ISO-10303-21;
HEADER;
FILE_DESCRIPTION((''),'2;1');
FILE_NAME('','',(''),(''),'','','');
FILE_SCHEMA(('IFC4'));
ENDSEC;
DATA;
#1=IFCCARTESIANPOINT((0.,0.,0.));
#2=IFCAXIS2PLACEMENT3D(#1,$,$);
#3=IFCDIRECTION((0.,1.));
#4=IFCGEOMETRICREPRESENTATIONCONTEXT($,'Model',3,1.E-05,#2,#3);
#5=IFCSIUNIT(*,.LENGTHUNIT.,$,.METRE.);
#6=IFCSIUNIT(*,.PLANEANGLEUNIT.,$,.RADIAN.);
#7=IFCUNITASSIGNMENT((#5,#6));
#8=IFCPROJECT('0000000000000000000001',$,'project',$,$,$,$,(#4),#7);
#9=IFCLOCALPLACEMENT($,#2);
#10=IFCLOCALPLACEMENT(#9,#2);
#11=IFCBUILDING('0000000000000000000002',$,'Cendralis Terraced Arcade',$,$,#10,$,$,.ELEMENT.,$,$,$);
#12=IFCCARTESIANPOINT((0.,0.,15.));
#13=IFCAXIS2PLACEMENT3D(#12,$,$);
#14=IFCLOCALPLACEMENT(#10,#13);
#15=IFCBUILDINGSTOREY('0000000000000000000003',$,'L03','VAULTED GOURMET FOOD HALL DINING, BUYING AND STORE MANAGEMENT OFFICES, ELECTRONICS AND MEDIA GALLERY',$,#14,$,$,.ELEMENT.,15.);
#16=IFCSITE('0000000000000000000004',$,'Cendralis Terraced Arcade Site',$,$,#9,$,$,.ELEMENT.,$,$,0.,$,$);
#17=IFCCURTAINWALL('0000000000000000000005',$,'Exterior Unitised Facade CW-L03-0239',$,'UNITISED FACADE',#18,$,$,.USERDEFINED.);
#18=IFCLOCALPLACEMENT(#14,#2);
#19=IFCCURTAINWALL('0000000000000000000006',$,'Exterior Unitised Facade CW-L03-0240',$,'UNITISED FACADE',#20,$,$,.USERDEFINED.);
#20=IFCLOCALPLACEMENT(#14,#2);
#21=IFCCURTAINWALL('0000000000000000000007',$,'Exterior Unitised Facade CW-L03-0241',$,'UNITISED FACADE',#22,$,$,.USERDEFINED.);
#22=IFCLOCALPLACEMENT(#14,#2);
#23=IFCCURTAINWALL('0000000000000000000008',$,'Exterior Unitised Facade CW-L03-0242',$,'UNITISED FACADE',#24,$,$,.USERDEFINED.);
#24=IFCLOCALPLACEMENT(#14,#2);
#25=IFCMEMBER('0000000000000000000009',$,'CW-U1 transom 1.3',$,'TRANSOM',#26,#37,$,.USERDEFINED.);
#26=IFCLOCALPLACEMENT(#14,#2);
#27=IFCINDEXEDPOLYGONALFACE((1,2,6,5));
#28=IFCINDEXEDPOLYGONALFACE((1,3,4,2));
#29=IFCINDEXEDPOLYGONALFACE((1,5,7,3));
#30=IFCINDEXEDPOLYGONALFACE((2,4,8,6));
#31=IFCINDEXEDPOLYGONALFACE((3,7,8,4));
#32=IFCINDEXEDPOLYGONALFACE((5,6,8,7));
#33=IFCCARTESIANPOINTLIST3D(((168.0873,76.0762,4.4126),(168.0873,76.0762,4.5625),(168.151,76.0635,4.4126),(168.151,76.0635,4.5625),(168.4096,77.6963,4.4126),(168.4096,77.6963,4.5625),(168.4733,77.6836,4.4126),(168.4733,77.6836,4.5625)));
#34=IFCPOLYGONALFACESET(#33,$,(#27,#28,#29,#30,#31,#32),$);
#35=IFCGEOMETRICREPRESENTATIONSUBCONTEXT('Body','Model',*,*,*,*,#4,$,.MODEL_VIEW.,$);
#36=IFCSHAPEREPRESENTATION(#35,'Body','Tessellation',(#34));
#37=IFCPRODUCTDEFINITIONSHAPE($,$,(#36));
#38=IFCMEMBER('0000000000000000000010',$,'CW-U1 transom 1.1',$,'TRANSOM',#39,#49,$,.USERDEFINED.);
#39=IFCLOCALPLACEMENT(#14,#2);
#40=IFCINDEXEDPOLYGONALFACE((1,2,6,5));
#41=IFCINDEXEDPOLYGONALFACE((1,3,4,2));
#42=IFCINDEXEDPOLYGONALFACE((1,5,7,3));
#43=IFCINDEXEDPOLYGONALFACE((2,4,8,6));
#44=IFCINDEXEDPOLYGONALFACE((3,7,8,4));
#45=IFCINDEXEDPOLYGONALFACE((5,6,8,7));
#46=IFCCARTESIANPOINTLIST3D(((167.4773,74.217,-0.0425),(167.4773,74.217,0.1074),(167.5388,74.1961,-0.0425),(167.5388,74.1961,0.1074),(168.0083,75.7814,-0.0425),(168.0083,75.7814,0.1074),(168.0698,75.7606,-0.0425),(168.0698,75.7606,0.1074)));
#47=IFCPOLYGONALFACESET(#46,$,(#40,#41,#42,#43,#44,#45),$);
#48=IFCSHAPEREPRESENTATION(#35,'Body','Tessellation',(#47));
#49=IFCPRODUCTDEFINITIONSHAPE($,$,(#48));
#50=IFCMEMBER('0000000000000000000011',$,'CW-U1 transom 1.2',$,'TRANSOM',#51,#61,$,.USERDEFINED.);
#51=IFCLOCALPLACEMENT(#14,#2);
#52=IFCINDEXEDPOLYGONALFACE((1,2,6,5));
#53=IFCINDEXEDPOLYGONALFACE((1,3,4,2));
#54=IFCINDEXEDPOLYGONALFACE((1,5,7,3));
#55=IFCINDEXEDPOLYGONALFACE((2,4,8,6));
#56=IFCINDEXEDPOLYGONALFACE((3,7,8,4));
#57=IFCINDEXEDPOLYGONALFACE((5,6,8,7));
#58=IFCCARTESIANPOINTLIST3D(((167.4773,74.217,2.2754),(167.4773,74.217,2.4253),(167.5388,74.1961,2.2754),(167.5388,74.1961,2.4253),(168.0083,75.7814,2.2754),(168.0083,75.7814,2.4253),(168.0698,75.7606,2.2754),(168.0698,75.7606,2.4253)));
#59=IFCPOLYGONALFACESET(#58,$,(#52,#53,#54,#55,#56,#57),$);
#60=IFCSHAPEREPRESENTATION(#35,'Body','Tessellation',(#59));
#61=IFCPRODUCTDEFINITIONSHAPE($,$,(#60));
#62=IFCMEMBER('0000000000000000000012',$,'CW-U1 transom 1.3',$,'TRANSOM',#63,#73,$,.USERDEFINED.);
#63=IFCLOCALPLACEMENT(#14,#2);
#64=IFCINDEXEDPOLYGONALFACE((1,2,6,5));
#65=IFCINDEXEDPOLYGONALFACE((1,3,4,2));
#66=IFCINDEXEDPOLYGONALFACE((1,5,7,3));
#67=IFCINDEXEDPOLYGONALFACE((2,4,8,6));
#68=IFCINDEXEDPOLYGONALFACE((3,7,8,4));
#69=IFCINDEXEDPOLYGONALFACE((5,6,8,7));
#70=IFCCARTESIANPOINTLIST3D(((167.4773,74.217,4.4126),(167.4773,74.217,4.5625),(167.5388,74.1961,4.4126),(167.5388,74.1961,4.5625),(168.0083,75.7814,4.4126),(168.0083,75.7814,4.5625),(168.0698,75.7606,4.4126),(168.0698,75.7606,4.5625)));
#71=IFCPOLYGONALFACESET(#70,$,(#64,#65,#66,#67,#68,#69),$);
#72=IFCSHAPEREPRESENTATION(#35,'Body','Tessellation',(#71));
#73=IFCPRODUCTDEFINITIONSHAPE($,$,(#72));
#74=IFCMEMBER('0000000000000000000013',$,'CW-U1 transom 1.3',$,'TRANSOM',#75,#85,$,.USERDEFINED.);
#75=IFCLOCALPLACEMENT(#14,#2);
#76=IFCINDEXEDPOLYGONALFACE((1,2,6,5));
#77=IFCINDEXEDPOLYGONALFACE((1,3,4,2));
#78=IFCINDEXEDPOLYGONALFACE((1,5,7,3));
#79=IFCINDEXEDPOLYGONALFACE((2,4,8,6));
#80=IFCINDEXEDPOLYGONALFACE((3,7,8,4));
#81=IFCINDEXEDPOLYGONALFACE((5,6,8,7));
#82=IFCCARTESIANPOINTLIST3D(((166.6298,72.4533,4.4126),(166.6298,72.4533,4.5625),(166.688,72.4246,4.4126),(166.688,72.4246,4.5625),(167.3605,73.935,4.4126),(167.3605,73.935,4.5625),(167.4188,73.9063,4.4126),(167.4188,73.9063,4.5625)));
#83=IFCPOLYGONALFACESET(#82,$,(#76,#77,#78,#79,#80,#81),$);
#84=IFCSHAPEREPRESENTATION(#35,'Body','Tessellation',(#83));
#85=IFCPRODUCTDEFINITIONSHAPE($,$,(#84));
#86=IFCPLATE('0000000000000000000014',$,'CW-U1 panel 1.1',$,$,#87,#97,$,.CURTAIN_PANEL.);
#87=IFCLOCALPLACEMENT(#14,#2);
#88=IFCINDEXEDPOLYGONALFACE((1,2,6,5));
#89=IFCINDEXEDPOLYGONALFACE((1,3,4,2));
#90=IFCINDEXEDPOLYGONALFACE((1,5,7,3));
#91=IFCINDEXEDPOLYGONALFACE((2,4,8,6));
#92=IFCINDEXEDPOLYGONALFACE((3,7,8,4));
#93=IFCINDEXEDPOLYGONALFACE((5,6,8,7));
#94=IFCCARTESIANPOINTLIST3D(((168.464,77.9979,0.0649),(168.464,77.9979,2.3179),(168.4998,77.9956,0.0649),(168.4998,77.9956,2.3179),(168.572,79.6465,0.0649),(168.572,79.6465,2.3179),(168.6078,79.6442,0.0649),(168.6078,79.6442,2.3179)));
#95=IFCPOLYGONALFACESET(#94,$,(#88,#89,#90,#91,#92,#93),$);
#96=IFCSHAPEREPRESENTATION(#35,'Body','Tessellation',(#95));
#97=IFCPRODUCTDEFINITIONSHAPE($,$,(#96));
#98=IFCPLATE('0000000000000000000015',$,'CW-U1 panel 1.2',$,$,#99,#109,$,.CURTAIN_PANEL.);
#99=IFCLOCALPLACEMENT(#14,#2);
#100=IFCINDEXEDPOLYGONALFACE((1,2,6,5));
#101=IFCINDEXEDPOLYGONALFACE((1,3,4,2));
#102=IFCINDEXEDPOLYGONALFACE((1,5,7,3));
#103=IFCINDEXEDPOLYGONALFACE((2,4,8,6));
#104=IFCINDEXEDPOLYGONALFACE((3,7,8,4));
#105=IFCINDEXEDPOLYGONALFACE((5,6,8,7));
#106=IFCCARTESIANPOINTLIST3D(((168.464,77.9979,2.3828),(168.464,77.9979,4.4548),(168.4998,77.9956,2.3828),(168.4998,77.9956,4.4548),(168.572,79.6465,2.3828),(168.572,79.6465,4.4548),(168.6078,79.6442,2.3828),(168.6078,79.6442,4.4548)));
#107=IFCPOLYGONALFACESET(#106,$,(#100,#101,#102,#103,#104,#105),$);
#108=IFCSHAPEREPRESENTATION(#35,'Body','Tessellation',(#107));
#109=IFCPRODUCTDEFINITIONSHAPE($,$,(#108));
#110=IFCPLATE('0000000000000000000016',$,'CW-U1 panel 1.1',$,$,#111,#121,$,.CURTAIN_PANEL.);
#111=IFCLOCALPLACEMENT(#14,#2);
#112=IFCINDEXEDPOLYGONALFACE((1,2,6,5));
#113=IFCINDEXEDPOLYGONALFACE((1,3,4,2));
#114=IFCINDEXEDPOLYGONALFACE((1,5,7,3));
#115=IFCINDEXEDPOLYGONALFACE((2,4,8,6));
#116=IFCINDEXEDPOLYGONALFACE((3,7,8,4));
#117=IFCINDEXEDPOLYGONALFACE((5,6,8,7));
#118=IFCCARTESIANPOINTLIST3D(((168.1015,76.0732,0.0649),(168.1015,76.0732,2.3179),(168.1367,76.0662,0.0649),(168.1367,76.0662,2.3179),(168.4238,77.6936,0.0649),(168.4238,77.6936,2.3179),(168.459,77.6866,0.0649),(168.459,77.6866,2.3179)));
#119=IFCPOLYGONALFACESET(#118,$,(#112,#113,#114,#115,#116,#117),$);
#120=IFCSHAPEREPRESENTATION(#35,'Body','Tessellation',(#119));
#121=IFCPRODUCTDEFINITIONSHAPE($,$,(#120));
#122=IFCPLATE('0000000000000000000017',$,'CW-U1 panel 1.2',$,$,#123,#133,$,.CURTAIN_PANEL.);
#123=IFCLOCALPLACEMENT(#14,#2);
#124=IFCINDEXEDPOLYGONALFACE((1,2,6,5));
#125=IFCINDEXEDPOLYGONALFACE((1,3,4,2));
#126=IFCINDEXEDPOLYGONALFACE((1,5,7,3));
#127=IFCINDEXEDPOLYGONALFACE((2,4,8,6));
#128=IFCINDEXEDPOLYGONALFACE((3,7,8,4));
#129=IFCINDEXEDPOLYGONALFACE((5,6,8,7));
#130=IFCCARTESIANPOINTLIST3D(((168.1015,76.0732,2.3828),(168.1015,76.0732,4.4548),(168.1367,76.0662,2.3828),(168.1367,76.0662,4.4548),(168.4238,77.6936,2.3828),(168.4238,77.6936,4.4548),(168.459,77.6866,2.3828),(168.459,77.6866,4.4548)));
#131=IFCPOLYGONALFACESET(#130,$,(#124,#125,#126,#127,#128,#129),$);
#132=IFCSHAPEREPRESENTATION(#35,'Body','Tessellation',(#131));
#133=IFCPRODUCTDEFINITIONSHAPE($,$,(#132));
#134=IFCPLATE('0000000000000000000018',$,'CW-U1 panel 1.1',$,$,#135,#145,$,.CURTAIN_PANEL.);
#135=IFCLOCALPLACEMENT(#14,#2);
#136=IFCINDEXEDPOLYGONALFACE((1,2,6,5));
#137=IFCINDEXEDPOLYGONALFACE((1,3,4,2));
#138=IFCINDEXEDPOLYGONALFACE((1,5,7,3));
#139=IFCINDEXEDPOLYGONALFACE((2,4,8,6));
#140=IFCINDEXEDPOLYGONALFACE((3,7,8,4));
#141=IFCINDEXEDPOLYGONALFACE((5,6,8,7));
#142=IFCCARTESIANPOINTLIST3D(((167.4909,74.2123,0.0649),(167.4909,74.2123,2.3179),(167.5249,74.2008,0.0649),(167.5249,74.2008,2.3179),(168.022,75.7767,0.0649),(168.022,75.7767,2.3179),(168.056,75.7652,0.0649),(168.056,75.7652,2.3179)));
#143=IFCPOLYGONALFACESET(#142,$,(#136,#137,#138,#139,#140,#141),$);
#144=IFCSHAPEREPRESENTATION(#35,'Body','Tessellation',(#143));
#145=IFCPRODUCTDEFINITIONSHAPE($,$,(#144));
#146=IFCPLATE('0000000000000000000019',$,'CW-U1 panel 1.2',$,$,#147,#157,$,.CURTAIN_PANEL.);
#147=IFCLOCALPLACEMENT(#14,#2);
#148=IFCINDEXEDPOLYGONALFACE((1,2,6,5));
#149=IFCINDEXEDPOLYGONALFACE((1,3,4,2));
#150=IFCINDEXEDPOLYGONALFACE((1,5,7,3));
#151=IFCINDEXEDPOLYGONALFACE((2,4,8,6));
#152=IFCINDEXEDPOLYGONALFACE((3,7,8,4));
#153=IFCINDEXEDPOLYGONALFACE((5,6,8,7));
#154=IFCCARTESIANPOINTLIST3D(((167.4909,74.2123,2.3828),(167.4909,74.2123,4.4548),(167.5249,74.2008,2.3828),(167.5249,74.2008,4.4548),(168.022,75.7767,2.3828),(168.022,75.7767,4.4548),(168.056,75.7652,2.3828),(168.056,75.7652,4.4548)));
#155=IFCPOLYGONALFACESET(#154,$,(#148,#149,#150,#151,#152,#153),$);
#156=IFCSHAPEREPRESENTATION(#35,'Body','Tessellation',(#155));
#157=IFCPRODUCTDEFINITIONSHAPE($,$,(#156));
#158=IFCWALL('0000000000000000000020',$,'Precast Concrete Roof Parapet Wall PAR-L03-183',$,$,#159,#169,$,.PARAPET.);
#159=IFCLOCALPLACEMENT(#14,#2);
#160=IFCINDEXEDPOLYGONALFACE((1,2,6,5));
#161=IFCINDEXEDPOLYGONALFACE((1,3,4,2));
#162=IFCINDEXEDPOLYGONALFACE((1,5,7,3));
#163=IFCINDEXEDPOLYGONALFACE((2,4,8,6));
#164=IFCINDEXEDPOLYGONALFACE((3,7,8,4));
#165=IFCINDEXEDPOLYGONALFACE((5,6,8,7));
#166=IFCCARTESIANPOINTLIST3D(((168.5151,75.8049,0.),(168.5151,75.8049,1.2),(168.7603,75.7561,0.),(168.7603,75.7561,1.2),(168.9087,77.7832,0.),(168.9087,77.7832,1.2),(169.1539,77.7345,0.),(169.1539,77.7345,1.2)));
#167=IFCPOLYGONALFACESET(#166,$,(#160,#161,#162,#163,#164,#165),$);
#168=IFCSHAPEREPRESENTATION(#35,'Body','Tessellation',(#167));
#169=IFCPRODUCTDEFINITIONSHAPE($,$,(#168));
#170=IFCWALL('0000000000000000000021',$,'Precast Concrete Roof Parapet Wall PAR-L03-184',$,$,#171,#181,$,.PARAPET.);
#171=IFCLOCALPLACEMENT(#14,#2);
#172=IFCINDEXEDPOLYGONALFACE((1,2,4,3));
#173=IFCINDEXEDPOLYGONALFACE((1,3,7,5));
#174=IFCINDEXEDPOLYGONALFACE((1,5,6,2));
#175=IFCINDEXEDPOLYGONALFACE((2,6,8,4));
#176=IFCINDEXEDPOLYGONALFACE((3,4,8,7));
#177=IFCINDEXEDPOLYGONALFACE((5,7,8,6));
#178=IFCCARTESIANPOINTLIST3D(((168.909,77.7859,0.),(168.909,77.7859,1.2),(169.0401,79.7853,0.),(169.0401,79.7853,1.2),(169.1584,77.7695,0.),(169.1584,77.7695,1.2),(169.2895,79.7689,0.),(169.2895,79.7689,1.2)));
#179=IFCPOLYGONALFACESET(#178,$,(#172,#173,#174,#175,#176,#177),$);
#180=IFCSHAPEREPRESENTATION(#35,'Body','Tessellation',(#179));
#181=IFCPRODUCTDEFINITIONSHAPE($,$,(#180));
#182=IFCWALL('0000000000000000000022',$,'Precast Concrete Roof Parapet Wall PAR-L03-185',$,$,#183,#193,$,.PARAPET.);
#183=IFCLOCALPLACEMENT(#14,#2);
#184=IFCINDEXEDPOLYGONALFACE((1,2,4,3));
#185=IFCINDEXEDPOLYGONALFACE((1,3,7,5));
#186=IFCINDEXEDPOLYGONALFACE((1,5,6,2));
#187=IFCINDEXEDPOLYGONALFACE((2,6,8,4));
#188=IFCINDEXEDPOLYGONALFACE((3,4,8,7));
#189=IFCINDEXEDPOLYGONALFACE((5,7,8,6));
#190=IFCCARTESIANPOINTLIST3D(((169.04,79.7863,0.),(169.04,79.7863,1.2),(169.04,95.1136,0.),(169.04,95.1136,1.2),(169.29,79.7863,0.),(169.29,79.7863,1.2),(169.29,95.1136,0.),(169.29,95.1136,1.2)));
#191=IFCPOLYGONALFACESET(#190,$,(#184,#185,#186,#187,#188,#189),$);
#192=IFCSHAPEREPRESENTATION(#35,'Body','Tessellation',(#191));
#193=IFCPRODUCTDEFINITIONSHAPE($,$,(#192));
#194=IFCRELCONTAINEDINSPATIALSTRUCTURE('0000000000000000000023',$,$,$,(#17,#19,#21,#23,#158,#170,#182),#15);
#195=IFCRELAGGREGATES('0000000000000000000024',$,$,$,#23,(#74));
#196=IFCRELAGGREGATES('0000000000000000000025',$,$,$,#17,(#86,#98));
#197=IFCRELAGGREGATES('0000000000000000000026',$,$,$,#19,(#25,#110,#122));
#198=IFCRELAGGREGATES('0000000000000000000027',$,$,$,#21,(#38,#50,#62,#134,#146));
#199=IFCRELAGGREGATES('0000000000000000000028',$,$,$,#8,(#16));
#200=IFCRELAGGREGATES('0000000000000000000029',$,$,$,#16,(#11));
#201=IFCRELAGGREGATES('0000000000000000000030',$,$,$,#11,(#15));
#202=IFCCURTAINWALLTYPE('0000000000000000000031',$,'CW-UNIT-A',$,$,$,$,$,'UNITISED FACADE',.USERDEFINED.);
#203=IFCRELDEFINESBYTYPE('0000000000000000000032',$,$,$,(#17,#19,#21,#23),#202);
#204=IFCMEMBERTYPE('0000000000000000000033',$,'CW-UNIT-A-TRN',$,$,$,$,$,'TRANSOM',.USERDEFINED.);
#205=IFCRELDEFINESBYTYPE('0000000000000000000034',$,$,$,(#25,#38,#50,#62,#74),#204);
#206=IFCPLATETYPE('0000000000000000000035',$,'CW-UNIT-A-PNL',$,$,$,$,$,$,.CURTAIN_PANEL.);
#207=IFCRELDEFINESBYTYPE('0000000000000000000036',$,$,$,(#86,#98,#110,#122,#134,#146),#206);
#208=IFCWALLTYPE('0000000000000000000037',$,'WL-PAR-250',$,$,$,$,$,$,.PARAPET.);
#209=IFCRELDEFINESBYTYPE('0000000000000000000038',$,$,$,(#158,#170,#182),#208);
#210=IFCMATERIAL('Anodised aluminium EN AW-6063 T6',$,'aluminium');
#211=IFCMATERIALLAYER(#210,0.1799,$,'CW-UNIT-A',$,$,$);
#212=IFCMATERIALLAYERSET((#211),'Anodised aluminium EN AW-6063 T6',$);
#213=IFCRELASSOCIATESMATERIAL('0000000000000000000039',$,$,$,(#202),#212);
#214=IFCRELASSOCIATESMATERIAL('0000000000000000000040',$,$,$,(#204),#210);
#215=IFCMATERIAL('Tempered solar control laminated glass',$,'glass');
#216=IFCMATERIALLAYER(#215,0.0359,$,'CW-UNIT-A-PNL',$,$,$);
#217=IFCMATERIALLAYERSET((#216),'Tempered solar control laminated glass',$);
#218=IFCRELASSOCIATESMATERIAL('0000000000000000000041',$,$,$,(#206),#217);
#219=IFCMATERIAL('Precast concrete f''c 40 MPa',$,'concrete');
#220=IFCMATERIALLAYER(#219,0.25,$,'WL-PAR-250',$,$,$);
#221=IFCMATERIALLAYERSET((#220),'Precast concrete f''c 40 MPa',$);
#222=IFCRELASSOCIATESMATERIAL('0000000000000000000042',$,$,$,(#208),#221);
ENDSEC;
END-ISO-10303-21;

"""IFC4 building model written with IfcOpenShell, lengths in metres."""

from ifc_helpers import new_model, si_unit, direction, frame, frame_2d, origin, origin_2d, place, context, subcontext, project, spatial, rectangle, extrude, material, layer, layer_set, material_profile, profile_set, type_object, element, aggregate, save


model = new_model("IFC4")

# Units and contexts
model_context = context("Model", 3, precision=1e-05, world=origin(), true_north=direction((0.0, 1.0)))
body_context = subcontext(model_context, "Body", "Model", "MODEL_VIEW")
ifc_project = project(units=[si_unit("LENGTHUNIT", "METRE"), si_unit("PLANEANGLEUNIT", "RADIAN")], contexts=[model_context])

# Site, building, storey
site_placement = place(None, origin())
site = spatial("IfcSite", under=ifc_project, at=site_placement, Name="Cendralis Terraced Arcade Site", CompositionType="ELEMENT", RefElevation=0.0)
building_placement = place(site_placement, origin())
building = spatial("IfcBuilding", under=site, at=building_placement, Name="Cendralis Terraced Arcade", CompositionType="ELEMENT")
storey_placement = place(building_placement, frame((0.0, 0.0, 15.0)))
storey = spatial("IfcBuildingStorey", under=building, at=storey_placement, Name="L03", Description="VAULTED GOURMET FOOD HALL DINING, BUYING AND STORE MANAGEMENT OFFICES, ELECTRONICS AND MEDIA GALLERY", CompositionType="ELEMENT", Elevation=15.0)

# Curtain walls
ifc_material_1 = material(Name="Anodised aluminium EN AW-6063 T6", Category="aluminium")
ifc_layer_1 = layer(ifc_material_1, 0.1799, Name="CW-UNIT-A")
ifc_layer_set_1 = layer_set([ifc_layer_1], Name="Anodised aluminium EN AW-6063 T6")
curtain_wall_type = type_object("IfcCurtainWallType", Name="CW-UNIT-A", ElementType="UNITISED FACADE", PredefinedType="USERDEFINED", material=ifc_layer_set_1)
curtain_wall_1_placement = place(storey_placement, origin())
curtain_wall_1 = element("IfcCurtainWall", 1, at=curtain_wall_1_placement, inside=storey, type_object=curtain_wall_type, Name="Exterior Unitised Facade CW-L03-0239", ObjectType="UNITISED FACADE", PredefinedType="USERDEFINED")
curtain_wall_2_placement = place(storey_placement, origin())
curtain_wall_2 = element("IfcCurtainWall", 2, at=curtain_wall_2_placement, inside=storey, type_object=curtain_wall_type, Name="Exterior Unitised Facade CW-L03-0240", ObjectType="UNITISED FACADE", PredefinedType="USERDEFINED")
curtain_wall_3_placement = place(storey_placement, origin())
curtain_wall_3 = element("IfcCurtainWall", 3, at=curtain_wall_3_placement, inside=storey, type_object=curtain_wall_type, Name="Exterior Unitised Facade CW-L03-0241", ObjectType="UNITISED FACADE", PredefinedType="USERDEFINED")

# Curtain wall
curtain_wall_4_placement = place(storey_placement, origin())
curtain_wall_4 = element("IfcCurtainWall", 4, at=curtain_wall_4_placement, inside=storey, type_object=curtain_wall_type, Name="Exterior Unitised Facade CW-L03-0242", ObjectType="UNITISED FACADE", PredefinedType="USERDEFINED")

# Members
ifc_material_profile_1 = material_profile(ifc_material_1, rectangle(XDim=0.0649, YDim=0.1499, at=origin_2d()), Name="ALU-TRN-65x150")
ifc_profile_set_1 = profile_set([ifc_material_profile_1], Name="Anodised aluminium EN AW-6063 T6")
member_type_1 = type_object("IfcMemberType", Name="CW-UNIT-A-TRN", ElementType="TRANSOM", PredefinedType="USERDEFINED", material=ifc_profile_set_1)
member_1_placement = place(storey_placement, frame((168.4414, 77.6899, 4.4875), z_axis=(-0.195093, -0.980785, 0.0), x_axis=(0.980785, -0.195093, 0.0)))
member_1 = element("IfcMember", 5, at=member_1_placement, type_object=member_type_1, Name="CW-U1 transom 1.3", ObjectType="TRANSOM", PredefinedType="USERDEFINED", context=body_context, shape_type="SweptSolid", body=[
    extrude(rectangle(XDim=0.0649, YDim=0.1499, at=origin_2d()), origin(), (0.0, 0.0, 1.0), 1.6519),
])
member_2_placement = place(storey_placement, frame((168.0391, 75.771, 0.0325), z_axis=(-0.32141, -0.94694, 0.0), x_axis=(0.94694, -0.32141, 0.0)))
member_2 = element("IfcMember", 6, at=member_2_placement, type_object=member_type_1, Name="CW-U1 transom 1.1", ObjectType="TRANSOM", PredefinedType="USERDEFINED", context=body_context, shape_type="SweptSolid", body=[
    extrude(rectangle(XDim=0.0649, YDim=0.1499, at=origin_2d()), origin(), (0.0, 0.0, 1.0), 1.6521),
])
member_3_placement = place(storey_placement, frame((168.0391, 75.771, 2.3503), z_axis=(-0.32141, -0.94694, 0.0), x_axis=(0.94694, -0.32141, 0.0)))
member_3 = element("IfcMember", 7, at=member_3_placement, type_object=member_type_1, Name="CW-U1 transom 1.2", ObjectType="TRANSOM", PredefinedType="USERDEFINED", context=body_context, shape_type="SweptSolid", body=[
    extrude(rectangle(XDim=0.0649, YDim=0.1499, at=origin_2d()), origin(), (0.0, 0.0, 1.0), 1.6521),
])
member_4_placement = place(storey_placement, frame((168.0391, 75.771, 4.4875), z_axis=(-0.32141, -0.94694, 0.0), x_axis=(0.94694, -0.32141, 0.0)))
member_4 = element("IfcMember", 8, at=member_4_placement, type_object=member_type_1, Name="CW-U1 transom 1.3", ObjectType="TRANSOM", PredefinedType="USERDEFINED", context=body_context, shape_type="SweptSolid", body=[
    extrude(rectangle(XDim=0.0649, YDim=0.1499, at=origin_2d()), origin(), (0.0, 0.0, 1.0), 1.6521),
])
member_5_placement = place(storey_placement, frame((167.3896, 73.9207, 4.4875), z_axis=(-0.442301, -0.896867, 0.0), x_axis=(0.896867, -0.442301, 0.0)))
member_5 = element("IfcMember", 9, at=member_5_placement, type_object=member_type_1, Name="CW-U1 transom 1.3", ObjectType="TRANSOM", PredefinedType="USERDEFINED", context=body_context, shape_type="SweptSolid", body=[
    extrude(rectangle(XDim=0.0649, YDim=0.1499, at=origin_2d()), origin(), (0.0, 0.0, 1.0), 1.6521),
])
aggregate(curtain_wall_4, [member_5])

# Plates
ifc_material_2 = material(Name="Tempered solar control laminated glass", Category="glass")
ifc_layer_2 = layer(ifc_material_2, 0.0359, Name="CW-UNIT-A-PNL")
ifc_layer_set_2 = layer_set([ifc_layer_2], Name="Tempered solar control laminated glass")
plate_type = type_object("IfcPlateType", Name="CW-UNIT-A-PNL", PredefinedType="CURTAIN_PANEL", material=ifc_layer_set_2)
plate_1_placement = place(storey_placement, frame((168.5359, 78.821, 0.0649), z_axis=(0.0, 0.0, 1.0), x_axis=(-0.065372, -0.997861, 0.0)))
plate_1 = element("IfcPlate", 10, at=plate_1_placement, type_object=plate_type, Name="CW-U1 panel 1.1", PredefinedType="CURTAIN_PANEL", context=body_context, shape_type="SweptSolid", body=[
    extrude(rectangle(XDim=1.6521, YDim=0.0359, at=origin_2d()), origin(), (0.0, 0.0, 1.0), 2.2529),
])
plate_2_placement = place(storey_placement, frame((168.5359, 78.821, 2.3828), z_axis=(0.0, 0.0, 1.0), x_axis=(-0.065372, -0.997861, 0.0)))
plate_2 = element("IfcPlate", 11, at=plate_2_placement, type_object=plate_type, Name="CW-U1 panel 1.2", PredefinedType="CURTAIN_PANEL", context=body_context, shape_type="SweptSolid", body=[
    extrude(rectangle(XDim=1.6521, YDim=0.0359, at=origin_2d()), origin(), (0.0, 0.0, 1.0), 2.072),
])
aggregate(curtain_wall_1, [plate_1, plate_2])
plate_3_placement = place(storey_placement, frame((168.2803, 76.8799, 0.0649), z_axis=(0.0, 0.0, 1.0), x_axis=(-0.195058, -0.980792, 0.0)))
plate_3 = element("IfcPlate", 12, at=plate_3_placement, type_object=plate_type, Name="CW-U1 panel 1.1", PredefinedType="CURTAIN_PANEL", context=body_context, shape_type="SweptSolid", body=[
    extrude(rectangle(XDim=1.6521, YDim=0.0359, at=origin_2d()), origin(), (0.0, 0.0, 1.0), 2.2529),
])
plate_4_placement = place(storey_placement, frame((168.2803, 76.8799, 2.3828), z_axis=(0.0, 0.0, 1.0), x_axis=(-0.195058, -0.980792, 0.0)))
plate_4 = element("IfcPlate", 13, at=plate_4_placement, type_object=plate_type, Name="CW-U1 panel 1.2", PredefinedType="CURTAIN_PANEL", context=body_context, shape_type="SweptSolid", body=[
    extrude(rectangle(XDim=1.6521, YDim=0.0359, at=origin_2d()), origin(), (0.0, 0.0, 1.0), 2.072),
])
aggregate(curtain_wall_2, [member_1, plate_3, plate_4])
plate_5_placement = place(storey_placement, frame((167.7734, 74.9888, 0.0649), z_axis=(0.0, 0.0, 1.0), x_axis=(-0.321458, -0.946924, 0.0)))
plate_5 = element("IfcPlate", 14, at=plate_5_placement, type_object=plate_type, Name="CW-U1 panel 1.1", PredefinedType="CURTAIN_PANEL", context=body_context, shape_type="SweptSolid", body=[
    extrude(rectangle(XDim=1.6521, YDim=0.0359, at=origin_2d()), origin(), (0.0, 0.0, 1.0), 2.2529),
])
plate_6_placement = place(storey_placement, frame((167.7734, 74.9888, 2.3828), z_axis=(0.0, 0.0, 1.0), x_axis=(-0.321458, -0.946924, 0.0)))
plate_6 = element("IfcPlate", 15, at=plate_6_placement, type_object=plate_type, Name="CW-U1 panel 1.2", PredefinedType="CURTAIN_PANEL", context=body_context, shape_type="SweptSolid", body=[
    extrude(rectangle(XDim=1.6521, YDim=0.0359, at=origin_2d()), origin(), (0.0, 0.0, 1.0), 2.072),
])
aggregate(curtain_wall_3, [member_2, member_3, member_4, plate_5, plate_6])

# Walls
ifc_material_3 = material(Name="Precast concrete f'c 40 MPa", Category="concrete")
ifc_layer_3 = layer(ifc_material_3, 0.25, Name="WL-PAR-250")
ifc_layer_set_3 = layer_set([ifc_layer_3], Name="Precast concrete f'c 40 MPa")
wall_type = type_object("IfcWallType", Name="WL-PAR-250", PredefinedType="PARAPET", material=ifc_layer_set_3)
wall_1_placement = place(storey_placement, frame((168.6377, 75.7805, 0.0), z_axis=(0.0, 0.0, 1.0), x_axis=(0.195115, 0.98078, 0.0)))
element("IfcWall", 16, at=wall_1_placement, inside=storey, type_object=wall_type, Name="Precast Concrete Roof Parapet Wall PAR-L03-183", PredefinedType="PARAPET", context=body_context, shape_type="SweptSolid", body=[
    extrude(rectangle(XDim=2.0171, YDim=0.25, at=frame_2d((1.0085, 0.0))), origin(), (0.0, 0.0, 1.0), 1.2),
])
wall_2_placement = place(storey_placement, frame((169.0337, 77.7776, 0.0), z_axis=(0.0, 0.0, 1.0), x_axis=(0.065435, 0.997857, 0.0)))
element("IfcWall", 17, at=wall_2_placement, inside=storey, type_object=wall_type, Name="Precast Concrete Roof Parapet Wall PAR-L03-184", PredefinedType="PARAPET", context=body_context, shape_type="SweptSolid", body=[
    extrude(rectangle(XDim=2.0037, YDim=0.25, at=frame_2d((1.002, 0.0))), origin(), (0.0, 0.0, 1.0), 1.2),
])
wall_3_placement = place(storey_placement, frame((169.165, 79.7864, 0.0), z_axis=(0.0, 0.0, 1.0), x_axis=(0.0, 1.0, 0.0)))
element("IfcWall", 18, at=wall_3_placement, inside=storey, type_object=wall_type, Name="Precast Concrete Roof Parapet Wall PAR-L03-185", PredefinedType="PARAPET", context=body_context, shape_type="SweptSolid", body=[
    extrude(rectangle(XDim=15.3274, YDim=0.25, at=frame_2d((7.6636, 0.0))), origin(), (0.0, 0.0, 1.0), 1.2),
])

save(model, "model.ifc")
